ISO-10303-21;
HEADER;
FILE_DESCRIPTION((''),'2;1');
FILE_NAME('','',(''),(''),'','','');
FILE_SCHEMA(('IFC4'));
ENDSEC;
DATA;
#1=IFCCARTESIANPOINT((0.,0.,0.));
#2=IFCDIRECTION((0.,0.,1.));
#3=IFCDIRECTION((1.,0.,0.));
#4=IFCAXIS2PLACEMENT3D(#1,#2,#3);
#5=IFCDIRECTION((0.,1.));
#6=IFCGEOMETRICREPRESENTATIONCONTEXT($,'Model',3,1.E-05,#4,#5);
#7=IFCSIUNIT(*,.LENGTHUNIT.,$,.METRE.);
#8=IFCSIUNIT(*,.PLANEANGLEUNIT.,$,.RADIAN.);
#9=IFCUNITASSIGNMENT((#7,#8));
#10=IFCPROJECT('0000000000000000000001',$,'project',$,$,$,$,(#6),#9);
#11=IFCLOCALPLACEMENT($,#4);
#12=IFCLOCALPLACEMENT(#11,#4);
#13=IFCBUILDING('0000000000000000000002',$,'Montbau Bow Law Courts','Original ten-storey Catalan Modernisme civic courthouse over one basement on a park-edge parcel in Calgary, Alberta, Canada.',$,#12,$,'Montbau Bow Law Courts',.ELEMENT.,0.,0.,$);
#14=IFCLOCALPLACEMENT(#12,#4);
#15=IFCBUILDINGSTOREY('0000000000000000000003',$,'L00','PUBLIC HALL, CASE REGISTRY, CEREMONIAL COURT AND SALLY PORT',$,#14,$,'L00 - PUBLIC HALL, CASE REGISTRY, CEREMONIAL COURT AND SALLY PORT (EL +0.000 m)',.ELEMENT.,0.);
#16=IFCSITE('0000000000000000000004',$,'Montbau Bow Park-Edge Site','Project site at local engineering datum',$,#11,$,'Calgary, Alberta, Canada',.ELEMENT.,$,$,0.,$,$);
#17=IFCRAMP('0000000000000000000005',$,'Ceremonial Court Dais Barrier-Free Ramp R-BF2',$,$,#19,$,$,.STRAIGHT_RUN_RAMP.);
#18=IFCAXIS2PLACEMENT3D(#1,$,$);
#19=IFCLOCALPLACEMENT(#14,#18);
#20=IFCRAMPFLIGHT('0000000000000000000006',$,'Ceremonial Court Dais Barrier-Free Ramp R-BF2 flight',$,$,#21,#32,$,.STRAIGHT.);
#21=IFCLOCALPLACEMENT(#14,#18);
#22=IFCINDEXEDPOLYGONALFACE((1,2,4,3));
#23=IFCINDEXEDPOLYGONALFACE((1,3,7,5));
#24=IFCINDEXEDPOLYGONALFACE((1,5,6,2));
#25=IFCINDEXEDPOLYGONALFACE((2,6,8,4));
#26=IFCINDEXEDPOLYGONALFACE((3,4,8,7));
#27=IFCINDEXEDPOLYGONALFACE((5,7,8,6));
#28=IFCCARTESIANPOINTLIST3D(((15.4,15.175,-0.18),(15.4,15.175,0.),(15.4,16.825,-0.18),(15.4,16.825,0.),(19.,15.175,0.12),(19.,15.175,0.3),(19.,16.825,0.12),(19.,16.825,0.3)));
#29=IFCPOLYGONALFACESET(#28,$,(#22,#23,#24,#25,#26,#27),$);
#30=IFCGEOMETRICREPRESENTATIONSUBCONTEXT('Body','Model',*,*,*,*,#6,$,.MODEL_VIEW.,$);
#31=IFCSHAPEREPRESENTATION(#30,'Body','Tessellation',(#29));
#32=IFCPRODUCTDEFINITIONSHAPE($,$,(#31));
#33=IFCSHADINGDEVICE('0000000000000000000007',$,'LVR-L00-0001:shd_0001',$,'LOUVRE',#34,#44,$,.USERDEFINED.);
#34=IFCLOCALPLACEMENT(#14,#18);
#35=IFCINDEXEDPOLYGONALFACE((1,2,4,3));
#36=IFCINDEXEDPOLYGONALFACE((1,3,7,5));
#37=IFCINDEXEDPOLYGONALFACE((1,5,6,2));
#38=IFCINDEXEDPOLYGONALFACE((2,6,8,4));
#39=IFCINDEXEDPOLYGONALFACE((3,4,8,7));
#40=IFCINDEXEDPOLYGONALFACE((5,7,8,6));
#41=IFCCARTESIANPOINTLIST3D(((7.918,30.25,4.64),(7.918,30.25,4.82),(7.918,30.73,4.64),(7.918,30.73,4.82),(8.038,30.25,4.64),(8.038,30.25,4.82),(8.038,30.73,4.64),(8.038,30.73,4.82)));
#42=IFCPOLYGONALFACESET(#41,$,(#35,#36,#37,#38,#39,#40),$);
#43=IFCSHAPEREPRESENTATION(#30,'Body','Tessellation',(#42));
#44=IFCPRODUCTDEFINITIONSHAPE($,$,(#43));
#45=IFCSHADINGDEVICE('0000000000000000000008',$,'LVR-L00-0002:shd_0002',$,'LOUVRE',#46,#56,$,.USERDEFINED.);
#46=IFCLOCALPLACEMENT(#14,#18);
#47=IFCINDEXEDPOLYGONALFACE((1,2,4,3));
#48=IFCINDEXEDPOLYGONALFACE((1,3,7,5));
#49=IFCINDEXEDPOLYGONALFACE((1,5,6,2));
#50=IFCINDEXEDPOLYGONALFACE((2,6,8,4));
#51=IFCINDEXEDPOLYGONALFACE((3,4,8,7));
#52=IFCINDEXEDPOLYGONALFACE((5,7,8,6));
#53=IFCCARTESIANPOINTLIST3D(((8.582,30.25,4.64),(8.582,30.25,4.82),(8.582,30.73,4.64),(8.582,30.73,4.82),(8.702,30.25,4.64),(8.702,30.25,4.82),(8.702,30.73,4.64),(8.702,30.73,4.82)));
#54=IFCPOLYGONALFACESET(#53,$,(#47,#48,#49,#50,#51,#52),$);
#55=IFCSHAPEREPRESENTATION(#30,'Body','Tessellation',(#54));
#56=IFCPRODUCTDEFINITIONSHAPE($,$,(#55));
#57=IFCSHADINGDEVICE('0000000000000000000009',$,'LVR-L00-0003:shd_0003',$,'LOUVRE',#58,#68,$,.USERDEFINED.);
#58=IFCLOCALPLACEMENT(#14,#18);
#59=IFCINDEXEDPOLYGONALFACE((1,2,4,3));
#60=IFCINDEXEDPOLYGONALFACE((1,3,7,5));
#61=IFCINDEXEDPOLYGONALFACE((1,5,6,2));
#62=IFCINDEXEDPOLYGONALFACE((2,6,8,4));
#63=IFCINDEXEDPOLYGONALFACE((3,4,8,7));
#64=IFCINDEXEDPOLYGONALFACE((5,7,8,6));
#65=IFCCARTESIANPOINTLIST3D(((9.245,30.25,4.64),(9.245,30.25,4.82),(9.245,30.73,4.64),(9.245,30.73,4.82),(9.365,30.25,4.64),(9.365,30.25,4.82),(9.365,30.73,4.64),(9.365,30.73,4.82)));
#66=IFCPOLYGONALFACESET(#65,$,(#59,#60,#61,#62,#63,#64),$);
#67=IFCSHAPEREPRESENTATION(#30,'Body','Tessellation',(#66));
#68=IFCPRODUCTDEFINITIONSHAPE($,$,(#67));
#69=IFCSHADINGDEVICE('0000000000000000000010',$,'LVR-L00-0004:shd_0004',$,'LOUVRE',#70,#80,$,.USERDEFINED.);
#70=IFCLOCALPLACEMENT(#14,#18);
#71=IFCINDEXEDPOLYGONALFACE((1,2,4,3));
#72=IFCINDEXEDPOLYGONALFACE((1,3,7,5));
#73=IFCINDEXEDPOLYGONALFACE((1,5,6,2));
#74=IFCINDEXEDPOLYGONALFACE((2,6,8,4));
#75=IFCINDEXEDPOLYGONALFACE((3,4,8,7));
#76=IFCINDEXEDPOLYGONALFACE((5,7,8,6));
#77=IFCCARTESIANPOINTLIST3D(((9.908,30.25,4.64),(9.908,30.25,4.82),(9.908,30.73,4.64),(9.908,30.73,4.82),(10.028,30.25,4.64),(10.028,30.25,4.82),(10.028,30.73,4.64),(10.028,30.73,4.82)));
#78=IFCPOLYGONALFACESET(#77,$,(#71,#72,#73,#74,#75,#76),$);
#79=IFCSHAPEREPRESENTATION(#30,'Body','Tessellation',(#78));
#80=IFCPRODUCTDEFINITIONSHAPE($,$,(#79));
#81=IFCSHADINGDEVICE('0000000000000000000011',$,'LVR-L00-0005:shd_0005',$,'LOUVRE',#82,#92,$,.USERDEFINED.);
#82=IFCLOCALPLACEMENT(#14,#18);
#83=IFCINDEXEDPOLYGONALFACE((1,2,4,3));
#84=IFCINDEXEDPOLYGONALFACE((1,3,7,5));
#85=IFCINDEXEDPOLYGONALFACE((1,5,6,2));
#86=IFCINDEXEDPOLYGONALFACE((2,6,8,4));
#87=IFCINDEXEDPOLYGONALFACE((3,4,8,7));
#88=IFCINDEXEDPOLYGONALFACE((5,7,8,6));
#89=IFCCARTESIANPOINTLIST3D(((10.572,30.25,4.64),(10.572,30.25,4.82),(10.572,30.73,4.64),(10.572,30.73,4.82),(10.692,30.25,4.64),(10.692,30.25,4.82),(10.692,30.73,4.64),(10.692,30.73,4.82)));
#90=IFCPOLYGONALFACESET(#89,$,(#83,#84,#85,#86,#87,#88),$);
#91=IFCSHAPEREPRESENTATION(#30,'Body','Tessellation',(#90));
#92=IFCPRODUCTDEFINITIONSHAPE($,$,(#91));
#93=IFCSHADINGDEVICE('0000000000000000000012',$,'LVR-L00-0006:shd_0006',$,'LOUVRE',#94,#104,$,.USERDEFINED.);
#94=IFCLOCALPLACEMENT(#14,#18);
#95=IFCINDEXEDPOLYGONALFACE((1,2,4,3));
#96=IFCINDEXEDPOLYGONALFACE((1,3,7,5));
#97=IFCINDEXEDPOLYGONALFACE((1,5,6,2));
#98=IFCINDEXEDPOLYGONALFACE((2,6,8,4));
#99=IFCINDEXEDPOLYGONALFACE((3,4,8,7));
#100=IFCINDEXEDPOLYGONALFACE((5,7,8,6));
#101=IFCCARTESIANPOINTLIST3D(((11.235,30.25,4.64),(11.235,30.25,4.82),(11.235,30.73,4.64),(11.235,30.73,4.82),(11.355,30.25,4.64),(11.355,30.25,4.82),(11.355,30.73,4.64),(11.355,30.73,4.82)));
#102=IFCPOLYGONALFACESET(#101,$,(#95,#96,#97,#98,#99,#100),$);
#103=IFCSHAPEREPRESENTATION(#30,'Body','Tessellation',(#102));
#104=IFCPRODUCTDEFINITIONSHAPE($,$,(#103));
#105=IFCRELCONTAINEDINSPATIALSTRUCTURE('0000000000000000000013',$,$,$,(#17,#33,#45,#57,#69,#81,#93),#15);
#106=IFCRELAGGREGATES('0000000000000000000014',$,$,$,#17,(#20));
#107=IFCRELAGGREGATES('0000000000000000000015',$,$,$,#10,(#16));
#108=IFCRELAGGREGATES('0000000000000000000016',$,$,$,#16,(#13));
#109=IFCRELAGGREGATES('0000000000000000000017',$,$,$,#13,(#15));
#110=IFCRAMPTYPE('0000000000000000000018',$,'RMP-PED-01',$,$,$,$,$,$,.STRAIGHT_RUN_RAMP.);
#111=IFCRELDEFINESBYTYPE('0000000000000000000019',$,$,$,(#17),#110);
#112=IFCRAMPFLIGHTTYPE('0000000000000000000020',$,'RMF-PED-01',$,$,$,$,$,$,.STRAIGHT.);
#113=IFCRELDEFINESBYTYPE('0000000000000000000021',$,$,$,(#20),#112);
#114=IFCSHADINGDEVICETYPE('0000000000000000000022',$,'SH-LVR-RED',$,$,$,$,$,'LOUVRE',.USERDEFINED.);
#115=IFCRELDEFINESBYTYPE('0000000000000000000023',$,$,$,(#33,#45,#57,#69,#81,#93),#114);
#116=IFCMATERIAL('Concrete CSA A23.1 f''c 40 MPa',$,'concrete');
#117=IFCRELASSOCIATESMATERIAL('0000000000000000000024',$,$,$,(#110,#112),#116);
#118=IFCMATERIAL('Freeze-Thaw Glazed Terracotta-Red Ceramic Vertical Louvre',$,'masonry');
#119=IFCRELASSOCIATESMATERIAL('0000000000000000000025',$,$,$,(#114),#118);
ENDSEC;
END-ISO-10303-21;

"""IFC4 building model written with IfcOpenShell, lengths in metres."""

from ifc_helpers import new_model, si_unit, direction, frame, origin_with_axes, origin_2d_with_axis, place, context, subcontext, project, spatial, polyline, rectangle, outline, extrude, material, type_object, element, aggregate, save


model = new_model("IFC4")

# Units and contexts
model_context = context("Model", 3, precision=1e-05, world=origin_with_axes(), true_north=direction((0.0, 1.0)))
body_context = subcontext(model_context, "Body", "Model", "MODEL_VIEW")
ifc_project = project(units=[si_unit("LENGTHUNIT", "METRE"), si_unit("PLANEANGLEUNIT", "RADIAN")], contexts=[model_context])

# Site, building, storey
site_placement = place(None, origin_with_axes())
site = spatial("IfcSite", under=ifc_project, at=site_placement, Name="Montbau Bow Park-Edge Site", Description="Project site at local engineering datum", LongName="Calgary, Alberta, Canada", CompositionType="ELEMENT", RefElevation=0.0)
building_placement = place(site_placement, origin_with_axes())
building = spatial("IfcBuilding", under=site, at=building_placement, Name="Montbau Bow Law Courts", Description="Original ten-storey Catalan Modernisme civic courthouse over one basement on a park-edge parcel in Calgary, Alberta, Canada.", LongName="Montbau Bow Law Courts", CompositionType="ELEMENT", ElevationOfRefHeight=0.0, ElevationOfTerrain=0.0)
storey_placement = place(building_placement, origin_with_axes())
storey = spatial("IfcBuildingStorey", under=building, at=storey_placement, Name="L00", Description="PUBLIC HALL, CASE REGISTRY, CEREMONIAL COURT AND SALLY PORT", LongName="L00 - PUBLIC HALL, CASE REGISTRY, CEREMONIAL COURT AND SALLY PORT (EL +0.000 m)", CompositionType="ELEMENT", Elevation=0.0)

# Shared definitions
ifc_material_1 = material(Name="Concrete CSA A23.1 f'c 40 MPa", Category="concrete")

# Ramp, ramp flight
ramp_type = type_object("IfcRampType", Name="RMP-PED-01", PredefinedType="STRAIGHT_RUN_RAMP", material=ifc_material_1)
ramp_placement = place(None, frame((15.4, 16.0, 0.0), z_axis=(0.0, 0.0, 1.0), x_axis=(1.0, 0.0, 0.0)))
ramp = element("IfcRamp", 1, at=ramp_placement, inside=storey, type_object=ramp_type, Name="Ceremonial Court Dais Barrier-Free Ramp R-BF2", PredefinedType="STRAIGHT_RUN_RAMP")
ramp_flight_type = type_object("IfcRampFlightType", Name="RMF-PED-01", PredefinedType="STRAIGHT", material=ifc_material_1)
ramp_flight_placement = place(None, frame((15.4, 16.0, 0.0), z_axis=(0.0, 0.0, 1.0), x_axis=(1.0, 0.0, 0.0)))
ramp_flight = element("IfcRampFlight", 2, at=ramp_flight_placement, type_object=ramp_flight_type, Name="Ceremonial Court Dais Barrier-Free Ramp R-BF2 flight", PredefinedType="STRAIGHT", context=body_context, shape_type="SweptSolid", body=[
    extrude(outline(polyline([(0.0, 0.0), (3.6, 0.3), (3.6, 0.12), (0.0, -0.18), (0.0, 0.0)])), frame((0.0, 0.825, 0.0), z_axis=(0.0, -1.0, 0.0), x_axis=(1.0, 0.0, 0.0)), (0.0, 0.0, 1.0), 1.65),
])
aggregate(ramp, [ramp_flight])

# Shading devices
ifc_material_2 = material(Name="Freeze-Thaw Glazed Terracotta-Red Ceramic Vertical Louvre", Category="masonry")
shading_device_type = type_object("IfcShadingDeviceType", Name="SH-LVR-RED", ElementType="LOUVRE", PredefinedType="USERDEFINED", material=ifc_material_2)
for number, where, z_axis, x_axis, name in (
    (3, (7.978, 30.49, 4.64), (0.0, 0.0, 1.0), (0.0, -1.0, 0.0), "LVR-L00-0001:shd_0001"),
    (4, (8.642, 30.49, 4.64), (0.0, 0.0, 1.0), (0.0, -1.0, 0.0), "LVR-L00-0002:shd_0002"),
    (5, (9.305, 30.49, 4.64), (0.0, 0.0, 1.0), (0.0, -1.0, 0.0), "LVR-L00-0003:shd_0003"),
    (6, (9.968, 30.49, 4.64), (0.0, 0.0, 1.0), (0.0, -1.0, 0.0), "LVR-L00-0004:shd_0004"),
    (7, (10.632, 30.49, 4.64), (0.0, 0.0, 1.0), (0.0, -1.0, 0.0), "LVR-L00-0005:shd_0005"),
    (8, (11.295, 30.49, 4.64), (0.0, 0.0, 1.0), (0.0, -1.0, 0.0), "LVR-L00-0006:shd_0006"),
):
    element("IfcShadingDevice", number, at=place(None, frame(where, z_axis=z_axis, x_axis=x_axis)), inside=storey, type_object=shading_device_type, Name=name, ObjectType="LOUVRE", PredefinedType="USERDEFINED", context=body_context, shape_type="SweptSolid", body=[
        extrude(rectangle(XDim=0.48, YDim=0.12, at=origin_2d_with_axis()), origin_with_axes(), (0.0, 0.0, 1.0), 0.18),
    ])

save(model, "model.ifc")
